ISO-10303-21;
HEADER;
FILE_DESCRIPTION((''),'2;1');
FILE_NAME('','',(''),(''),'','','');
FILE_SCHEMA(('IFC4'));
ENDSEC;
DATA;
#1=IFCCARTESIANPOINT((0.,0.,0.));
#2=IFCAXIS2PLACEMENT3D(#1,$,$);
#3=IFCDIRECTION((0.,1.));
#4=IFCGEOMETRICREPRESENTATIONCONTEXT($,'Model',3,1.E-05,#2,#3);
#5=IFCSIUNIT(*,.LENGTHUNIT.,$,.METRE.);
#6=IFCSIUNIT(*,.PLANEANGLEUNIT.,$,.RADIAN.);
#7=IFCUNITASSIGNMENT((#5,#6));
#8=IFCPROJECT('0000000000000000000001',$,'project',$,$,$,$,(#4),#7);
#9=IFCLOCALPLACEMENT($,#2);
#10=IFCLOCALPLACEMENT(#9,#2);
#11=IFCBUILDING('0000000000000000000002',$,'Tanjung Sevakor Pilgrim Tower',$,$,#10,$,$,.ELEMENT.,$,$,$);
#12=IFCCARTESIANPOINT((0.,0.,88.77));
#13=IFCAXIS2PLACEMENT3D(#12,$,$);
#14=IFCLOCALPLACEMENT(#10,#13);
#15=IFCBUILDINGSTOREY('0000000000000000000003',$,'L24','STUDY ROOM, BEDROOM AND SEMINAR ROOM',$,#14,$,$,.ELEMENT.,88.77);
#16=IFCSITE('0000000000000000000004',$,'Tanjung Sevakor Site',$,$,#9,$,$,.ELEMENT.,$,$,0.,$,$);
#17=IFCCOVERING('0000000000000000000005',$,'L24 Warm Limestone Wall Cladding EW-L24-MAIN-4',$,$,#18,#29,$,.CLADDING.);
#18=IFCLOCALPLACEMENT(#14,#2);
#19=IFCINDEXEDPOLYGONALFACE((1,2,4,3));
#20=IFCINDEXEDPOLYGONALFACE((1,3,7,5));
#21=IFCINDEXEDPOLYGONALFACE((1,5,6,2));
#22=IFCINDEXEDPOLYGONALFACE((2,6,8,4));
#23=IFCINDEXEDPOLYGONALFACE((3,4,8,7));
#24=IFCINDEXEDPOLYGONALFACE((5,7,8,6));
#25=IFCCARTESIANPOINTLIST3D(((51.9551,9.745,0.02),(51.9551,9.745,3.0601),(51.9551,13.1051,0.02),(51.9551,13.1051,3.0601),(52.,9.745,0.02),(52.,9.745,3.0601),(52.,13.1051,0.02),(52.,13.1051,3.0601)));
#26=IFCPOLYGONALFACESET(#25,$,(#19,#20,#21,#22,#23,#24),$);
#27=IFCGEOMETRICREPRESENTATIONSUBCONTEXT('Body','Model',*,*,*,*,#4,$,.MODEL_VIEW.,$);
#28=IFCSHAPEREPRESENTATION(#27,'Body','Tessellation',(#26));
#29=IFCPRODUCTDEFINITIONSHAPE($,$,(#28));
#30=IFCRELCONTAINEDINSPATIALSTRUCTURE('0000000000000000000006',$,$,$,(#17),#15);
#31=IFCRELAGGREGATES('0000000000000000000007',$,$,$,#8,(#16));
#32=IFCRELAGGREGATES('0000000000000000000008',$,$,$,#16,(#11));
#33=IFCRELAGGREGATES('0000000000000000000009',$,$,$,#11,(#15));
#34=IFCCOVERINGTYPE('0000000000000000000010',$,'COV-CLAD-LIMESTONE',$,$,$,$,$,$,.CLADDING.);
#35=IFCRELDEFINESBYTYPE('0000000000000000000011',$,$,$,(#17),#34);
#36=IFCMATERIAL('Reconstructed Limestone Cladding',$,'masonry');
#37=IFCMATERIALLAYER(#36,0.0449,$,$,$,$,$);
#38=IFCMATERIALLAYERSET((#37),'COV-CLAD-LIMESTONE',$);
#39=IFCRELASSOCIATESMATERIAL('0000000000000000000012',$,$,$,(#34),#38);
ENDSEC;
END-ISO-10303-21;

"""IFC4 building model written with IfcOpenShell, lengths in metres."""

from ifc_helpers import new_model, si_unit, direction, frame, origin, origin_2d, place, context, subcontext, project, spatial, rectangle, extrude, material, layer, layer_set, type_object, element, save


model = new_model("IFC4")

# Units and contexts
model_context = context("Model", 3, precision=1e-05, world=origin(), true_north=direction((0.0, 1.0)))
body_context = subcontext(model_context, "Body", "Model", "MODEL_VIEW")
ifc_project = project(units=[si_unit("LENGTHUNIT", "METRE"), si_unit("PLANEANGLEUNIT", "RADIAN")], contexts=[model_context])

# Site, building, storey
site_placement = place(None, origin())
site = spatial("IfcSite", under=ifc_project, at=site_placement, Name="Tanjung Sevakor Site", CompositionType="ELEMENT", RefElevation=0.0)
building_placement = place(site_placement, origin())
building = spatial("IfcBuilding", under=site, at=building_placement, Name="Tanjung Sevakor Pilgrim Tower", CompositionType="ELEMENT")
storey_placement = place(building_placement, frame((0.0, 0.0, 88.77)))
storey = spatial("IfcBuildingStorey", under=building, at=storey_placement, Name="L24", Description="STUDY ROOM, BEDROOM AND SEMINAR ROOM", CompositionType="ELEMENT", Elevation=88.77)

# Covering
ifc_material_1 = material(Name="Reconstructed Limestone Cladding", Category="masonry")
ifc_layer_1 = layer(ifc_material_1, 0.0449)
ifc_layer_set_1 = layer_set([ifc_layer_1], Name="COV-CLAD-LIMESTONE")
covering_type = type_object("IfcCoveringType", Name="COV-CLAD-LIMESTONE", PredefinedType="CLADDING", material=ifc_layer_set_1)
for number, where, z_axis, x_axis, name in (
    (1, (51.9775, 11.425, 0.02), (0.0, 0.0, 1.0), (0.0, -1.0, 0.0), "L24 Warm Limestone Wall Cladding EW-L24-MAIN-4"),
):
    element("IfcCovering", number, at=place(storey_placement, frame(where, z_axis=z_axis, x_axis=x_axis)), inside=storey, type_object=covering_type, Name=name, PredefinedType="CLADDING", context=body_context, shape_type="SweptSolid", body=[
        extrude(rectangle(XDim=3.3601, YDim=0.0449, at=origin_2d()), origin(), (0.0, 0.0, 1.0), 3.04),
    ])

save(model, "model.ifc")
